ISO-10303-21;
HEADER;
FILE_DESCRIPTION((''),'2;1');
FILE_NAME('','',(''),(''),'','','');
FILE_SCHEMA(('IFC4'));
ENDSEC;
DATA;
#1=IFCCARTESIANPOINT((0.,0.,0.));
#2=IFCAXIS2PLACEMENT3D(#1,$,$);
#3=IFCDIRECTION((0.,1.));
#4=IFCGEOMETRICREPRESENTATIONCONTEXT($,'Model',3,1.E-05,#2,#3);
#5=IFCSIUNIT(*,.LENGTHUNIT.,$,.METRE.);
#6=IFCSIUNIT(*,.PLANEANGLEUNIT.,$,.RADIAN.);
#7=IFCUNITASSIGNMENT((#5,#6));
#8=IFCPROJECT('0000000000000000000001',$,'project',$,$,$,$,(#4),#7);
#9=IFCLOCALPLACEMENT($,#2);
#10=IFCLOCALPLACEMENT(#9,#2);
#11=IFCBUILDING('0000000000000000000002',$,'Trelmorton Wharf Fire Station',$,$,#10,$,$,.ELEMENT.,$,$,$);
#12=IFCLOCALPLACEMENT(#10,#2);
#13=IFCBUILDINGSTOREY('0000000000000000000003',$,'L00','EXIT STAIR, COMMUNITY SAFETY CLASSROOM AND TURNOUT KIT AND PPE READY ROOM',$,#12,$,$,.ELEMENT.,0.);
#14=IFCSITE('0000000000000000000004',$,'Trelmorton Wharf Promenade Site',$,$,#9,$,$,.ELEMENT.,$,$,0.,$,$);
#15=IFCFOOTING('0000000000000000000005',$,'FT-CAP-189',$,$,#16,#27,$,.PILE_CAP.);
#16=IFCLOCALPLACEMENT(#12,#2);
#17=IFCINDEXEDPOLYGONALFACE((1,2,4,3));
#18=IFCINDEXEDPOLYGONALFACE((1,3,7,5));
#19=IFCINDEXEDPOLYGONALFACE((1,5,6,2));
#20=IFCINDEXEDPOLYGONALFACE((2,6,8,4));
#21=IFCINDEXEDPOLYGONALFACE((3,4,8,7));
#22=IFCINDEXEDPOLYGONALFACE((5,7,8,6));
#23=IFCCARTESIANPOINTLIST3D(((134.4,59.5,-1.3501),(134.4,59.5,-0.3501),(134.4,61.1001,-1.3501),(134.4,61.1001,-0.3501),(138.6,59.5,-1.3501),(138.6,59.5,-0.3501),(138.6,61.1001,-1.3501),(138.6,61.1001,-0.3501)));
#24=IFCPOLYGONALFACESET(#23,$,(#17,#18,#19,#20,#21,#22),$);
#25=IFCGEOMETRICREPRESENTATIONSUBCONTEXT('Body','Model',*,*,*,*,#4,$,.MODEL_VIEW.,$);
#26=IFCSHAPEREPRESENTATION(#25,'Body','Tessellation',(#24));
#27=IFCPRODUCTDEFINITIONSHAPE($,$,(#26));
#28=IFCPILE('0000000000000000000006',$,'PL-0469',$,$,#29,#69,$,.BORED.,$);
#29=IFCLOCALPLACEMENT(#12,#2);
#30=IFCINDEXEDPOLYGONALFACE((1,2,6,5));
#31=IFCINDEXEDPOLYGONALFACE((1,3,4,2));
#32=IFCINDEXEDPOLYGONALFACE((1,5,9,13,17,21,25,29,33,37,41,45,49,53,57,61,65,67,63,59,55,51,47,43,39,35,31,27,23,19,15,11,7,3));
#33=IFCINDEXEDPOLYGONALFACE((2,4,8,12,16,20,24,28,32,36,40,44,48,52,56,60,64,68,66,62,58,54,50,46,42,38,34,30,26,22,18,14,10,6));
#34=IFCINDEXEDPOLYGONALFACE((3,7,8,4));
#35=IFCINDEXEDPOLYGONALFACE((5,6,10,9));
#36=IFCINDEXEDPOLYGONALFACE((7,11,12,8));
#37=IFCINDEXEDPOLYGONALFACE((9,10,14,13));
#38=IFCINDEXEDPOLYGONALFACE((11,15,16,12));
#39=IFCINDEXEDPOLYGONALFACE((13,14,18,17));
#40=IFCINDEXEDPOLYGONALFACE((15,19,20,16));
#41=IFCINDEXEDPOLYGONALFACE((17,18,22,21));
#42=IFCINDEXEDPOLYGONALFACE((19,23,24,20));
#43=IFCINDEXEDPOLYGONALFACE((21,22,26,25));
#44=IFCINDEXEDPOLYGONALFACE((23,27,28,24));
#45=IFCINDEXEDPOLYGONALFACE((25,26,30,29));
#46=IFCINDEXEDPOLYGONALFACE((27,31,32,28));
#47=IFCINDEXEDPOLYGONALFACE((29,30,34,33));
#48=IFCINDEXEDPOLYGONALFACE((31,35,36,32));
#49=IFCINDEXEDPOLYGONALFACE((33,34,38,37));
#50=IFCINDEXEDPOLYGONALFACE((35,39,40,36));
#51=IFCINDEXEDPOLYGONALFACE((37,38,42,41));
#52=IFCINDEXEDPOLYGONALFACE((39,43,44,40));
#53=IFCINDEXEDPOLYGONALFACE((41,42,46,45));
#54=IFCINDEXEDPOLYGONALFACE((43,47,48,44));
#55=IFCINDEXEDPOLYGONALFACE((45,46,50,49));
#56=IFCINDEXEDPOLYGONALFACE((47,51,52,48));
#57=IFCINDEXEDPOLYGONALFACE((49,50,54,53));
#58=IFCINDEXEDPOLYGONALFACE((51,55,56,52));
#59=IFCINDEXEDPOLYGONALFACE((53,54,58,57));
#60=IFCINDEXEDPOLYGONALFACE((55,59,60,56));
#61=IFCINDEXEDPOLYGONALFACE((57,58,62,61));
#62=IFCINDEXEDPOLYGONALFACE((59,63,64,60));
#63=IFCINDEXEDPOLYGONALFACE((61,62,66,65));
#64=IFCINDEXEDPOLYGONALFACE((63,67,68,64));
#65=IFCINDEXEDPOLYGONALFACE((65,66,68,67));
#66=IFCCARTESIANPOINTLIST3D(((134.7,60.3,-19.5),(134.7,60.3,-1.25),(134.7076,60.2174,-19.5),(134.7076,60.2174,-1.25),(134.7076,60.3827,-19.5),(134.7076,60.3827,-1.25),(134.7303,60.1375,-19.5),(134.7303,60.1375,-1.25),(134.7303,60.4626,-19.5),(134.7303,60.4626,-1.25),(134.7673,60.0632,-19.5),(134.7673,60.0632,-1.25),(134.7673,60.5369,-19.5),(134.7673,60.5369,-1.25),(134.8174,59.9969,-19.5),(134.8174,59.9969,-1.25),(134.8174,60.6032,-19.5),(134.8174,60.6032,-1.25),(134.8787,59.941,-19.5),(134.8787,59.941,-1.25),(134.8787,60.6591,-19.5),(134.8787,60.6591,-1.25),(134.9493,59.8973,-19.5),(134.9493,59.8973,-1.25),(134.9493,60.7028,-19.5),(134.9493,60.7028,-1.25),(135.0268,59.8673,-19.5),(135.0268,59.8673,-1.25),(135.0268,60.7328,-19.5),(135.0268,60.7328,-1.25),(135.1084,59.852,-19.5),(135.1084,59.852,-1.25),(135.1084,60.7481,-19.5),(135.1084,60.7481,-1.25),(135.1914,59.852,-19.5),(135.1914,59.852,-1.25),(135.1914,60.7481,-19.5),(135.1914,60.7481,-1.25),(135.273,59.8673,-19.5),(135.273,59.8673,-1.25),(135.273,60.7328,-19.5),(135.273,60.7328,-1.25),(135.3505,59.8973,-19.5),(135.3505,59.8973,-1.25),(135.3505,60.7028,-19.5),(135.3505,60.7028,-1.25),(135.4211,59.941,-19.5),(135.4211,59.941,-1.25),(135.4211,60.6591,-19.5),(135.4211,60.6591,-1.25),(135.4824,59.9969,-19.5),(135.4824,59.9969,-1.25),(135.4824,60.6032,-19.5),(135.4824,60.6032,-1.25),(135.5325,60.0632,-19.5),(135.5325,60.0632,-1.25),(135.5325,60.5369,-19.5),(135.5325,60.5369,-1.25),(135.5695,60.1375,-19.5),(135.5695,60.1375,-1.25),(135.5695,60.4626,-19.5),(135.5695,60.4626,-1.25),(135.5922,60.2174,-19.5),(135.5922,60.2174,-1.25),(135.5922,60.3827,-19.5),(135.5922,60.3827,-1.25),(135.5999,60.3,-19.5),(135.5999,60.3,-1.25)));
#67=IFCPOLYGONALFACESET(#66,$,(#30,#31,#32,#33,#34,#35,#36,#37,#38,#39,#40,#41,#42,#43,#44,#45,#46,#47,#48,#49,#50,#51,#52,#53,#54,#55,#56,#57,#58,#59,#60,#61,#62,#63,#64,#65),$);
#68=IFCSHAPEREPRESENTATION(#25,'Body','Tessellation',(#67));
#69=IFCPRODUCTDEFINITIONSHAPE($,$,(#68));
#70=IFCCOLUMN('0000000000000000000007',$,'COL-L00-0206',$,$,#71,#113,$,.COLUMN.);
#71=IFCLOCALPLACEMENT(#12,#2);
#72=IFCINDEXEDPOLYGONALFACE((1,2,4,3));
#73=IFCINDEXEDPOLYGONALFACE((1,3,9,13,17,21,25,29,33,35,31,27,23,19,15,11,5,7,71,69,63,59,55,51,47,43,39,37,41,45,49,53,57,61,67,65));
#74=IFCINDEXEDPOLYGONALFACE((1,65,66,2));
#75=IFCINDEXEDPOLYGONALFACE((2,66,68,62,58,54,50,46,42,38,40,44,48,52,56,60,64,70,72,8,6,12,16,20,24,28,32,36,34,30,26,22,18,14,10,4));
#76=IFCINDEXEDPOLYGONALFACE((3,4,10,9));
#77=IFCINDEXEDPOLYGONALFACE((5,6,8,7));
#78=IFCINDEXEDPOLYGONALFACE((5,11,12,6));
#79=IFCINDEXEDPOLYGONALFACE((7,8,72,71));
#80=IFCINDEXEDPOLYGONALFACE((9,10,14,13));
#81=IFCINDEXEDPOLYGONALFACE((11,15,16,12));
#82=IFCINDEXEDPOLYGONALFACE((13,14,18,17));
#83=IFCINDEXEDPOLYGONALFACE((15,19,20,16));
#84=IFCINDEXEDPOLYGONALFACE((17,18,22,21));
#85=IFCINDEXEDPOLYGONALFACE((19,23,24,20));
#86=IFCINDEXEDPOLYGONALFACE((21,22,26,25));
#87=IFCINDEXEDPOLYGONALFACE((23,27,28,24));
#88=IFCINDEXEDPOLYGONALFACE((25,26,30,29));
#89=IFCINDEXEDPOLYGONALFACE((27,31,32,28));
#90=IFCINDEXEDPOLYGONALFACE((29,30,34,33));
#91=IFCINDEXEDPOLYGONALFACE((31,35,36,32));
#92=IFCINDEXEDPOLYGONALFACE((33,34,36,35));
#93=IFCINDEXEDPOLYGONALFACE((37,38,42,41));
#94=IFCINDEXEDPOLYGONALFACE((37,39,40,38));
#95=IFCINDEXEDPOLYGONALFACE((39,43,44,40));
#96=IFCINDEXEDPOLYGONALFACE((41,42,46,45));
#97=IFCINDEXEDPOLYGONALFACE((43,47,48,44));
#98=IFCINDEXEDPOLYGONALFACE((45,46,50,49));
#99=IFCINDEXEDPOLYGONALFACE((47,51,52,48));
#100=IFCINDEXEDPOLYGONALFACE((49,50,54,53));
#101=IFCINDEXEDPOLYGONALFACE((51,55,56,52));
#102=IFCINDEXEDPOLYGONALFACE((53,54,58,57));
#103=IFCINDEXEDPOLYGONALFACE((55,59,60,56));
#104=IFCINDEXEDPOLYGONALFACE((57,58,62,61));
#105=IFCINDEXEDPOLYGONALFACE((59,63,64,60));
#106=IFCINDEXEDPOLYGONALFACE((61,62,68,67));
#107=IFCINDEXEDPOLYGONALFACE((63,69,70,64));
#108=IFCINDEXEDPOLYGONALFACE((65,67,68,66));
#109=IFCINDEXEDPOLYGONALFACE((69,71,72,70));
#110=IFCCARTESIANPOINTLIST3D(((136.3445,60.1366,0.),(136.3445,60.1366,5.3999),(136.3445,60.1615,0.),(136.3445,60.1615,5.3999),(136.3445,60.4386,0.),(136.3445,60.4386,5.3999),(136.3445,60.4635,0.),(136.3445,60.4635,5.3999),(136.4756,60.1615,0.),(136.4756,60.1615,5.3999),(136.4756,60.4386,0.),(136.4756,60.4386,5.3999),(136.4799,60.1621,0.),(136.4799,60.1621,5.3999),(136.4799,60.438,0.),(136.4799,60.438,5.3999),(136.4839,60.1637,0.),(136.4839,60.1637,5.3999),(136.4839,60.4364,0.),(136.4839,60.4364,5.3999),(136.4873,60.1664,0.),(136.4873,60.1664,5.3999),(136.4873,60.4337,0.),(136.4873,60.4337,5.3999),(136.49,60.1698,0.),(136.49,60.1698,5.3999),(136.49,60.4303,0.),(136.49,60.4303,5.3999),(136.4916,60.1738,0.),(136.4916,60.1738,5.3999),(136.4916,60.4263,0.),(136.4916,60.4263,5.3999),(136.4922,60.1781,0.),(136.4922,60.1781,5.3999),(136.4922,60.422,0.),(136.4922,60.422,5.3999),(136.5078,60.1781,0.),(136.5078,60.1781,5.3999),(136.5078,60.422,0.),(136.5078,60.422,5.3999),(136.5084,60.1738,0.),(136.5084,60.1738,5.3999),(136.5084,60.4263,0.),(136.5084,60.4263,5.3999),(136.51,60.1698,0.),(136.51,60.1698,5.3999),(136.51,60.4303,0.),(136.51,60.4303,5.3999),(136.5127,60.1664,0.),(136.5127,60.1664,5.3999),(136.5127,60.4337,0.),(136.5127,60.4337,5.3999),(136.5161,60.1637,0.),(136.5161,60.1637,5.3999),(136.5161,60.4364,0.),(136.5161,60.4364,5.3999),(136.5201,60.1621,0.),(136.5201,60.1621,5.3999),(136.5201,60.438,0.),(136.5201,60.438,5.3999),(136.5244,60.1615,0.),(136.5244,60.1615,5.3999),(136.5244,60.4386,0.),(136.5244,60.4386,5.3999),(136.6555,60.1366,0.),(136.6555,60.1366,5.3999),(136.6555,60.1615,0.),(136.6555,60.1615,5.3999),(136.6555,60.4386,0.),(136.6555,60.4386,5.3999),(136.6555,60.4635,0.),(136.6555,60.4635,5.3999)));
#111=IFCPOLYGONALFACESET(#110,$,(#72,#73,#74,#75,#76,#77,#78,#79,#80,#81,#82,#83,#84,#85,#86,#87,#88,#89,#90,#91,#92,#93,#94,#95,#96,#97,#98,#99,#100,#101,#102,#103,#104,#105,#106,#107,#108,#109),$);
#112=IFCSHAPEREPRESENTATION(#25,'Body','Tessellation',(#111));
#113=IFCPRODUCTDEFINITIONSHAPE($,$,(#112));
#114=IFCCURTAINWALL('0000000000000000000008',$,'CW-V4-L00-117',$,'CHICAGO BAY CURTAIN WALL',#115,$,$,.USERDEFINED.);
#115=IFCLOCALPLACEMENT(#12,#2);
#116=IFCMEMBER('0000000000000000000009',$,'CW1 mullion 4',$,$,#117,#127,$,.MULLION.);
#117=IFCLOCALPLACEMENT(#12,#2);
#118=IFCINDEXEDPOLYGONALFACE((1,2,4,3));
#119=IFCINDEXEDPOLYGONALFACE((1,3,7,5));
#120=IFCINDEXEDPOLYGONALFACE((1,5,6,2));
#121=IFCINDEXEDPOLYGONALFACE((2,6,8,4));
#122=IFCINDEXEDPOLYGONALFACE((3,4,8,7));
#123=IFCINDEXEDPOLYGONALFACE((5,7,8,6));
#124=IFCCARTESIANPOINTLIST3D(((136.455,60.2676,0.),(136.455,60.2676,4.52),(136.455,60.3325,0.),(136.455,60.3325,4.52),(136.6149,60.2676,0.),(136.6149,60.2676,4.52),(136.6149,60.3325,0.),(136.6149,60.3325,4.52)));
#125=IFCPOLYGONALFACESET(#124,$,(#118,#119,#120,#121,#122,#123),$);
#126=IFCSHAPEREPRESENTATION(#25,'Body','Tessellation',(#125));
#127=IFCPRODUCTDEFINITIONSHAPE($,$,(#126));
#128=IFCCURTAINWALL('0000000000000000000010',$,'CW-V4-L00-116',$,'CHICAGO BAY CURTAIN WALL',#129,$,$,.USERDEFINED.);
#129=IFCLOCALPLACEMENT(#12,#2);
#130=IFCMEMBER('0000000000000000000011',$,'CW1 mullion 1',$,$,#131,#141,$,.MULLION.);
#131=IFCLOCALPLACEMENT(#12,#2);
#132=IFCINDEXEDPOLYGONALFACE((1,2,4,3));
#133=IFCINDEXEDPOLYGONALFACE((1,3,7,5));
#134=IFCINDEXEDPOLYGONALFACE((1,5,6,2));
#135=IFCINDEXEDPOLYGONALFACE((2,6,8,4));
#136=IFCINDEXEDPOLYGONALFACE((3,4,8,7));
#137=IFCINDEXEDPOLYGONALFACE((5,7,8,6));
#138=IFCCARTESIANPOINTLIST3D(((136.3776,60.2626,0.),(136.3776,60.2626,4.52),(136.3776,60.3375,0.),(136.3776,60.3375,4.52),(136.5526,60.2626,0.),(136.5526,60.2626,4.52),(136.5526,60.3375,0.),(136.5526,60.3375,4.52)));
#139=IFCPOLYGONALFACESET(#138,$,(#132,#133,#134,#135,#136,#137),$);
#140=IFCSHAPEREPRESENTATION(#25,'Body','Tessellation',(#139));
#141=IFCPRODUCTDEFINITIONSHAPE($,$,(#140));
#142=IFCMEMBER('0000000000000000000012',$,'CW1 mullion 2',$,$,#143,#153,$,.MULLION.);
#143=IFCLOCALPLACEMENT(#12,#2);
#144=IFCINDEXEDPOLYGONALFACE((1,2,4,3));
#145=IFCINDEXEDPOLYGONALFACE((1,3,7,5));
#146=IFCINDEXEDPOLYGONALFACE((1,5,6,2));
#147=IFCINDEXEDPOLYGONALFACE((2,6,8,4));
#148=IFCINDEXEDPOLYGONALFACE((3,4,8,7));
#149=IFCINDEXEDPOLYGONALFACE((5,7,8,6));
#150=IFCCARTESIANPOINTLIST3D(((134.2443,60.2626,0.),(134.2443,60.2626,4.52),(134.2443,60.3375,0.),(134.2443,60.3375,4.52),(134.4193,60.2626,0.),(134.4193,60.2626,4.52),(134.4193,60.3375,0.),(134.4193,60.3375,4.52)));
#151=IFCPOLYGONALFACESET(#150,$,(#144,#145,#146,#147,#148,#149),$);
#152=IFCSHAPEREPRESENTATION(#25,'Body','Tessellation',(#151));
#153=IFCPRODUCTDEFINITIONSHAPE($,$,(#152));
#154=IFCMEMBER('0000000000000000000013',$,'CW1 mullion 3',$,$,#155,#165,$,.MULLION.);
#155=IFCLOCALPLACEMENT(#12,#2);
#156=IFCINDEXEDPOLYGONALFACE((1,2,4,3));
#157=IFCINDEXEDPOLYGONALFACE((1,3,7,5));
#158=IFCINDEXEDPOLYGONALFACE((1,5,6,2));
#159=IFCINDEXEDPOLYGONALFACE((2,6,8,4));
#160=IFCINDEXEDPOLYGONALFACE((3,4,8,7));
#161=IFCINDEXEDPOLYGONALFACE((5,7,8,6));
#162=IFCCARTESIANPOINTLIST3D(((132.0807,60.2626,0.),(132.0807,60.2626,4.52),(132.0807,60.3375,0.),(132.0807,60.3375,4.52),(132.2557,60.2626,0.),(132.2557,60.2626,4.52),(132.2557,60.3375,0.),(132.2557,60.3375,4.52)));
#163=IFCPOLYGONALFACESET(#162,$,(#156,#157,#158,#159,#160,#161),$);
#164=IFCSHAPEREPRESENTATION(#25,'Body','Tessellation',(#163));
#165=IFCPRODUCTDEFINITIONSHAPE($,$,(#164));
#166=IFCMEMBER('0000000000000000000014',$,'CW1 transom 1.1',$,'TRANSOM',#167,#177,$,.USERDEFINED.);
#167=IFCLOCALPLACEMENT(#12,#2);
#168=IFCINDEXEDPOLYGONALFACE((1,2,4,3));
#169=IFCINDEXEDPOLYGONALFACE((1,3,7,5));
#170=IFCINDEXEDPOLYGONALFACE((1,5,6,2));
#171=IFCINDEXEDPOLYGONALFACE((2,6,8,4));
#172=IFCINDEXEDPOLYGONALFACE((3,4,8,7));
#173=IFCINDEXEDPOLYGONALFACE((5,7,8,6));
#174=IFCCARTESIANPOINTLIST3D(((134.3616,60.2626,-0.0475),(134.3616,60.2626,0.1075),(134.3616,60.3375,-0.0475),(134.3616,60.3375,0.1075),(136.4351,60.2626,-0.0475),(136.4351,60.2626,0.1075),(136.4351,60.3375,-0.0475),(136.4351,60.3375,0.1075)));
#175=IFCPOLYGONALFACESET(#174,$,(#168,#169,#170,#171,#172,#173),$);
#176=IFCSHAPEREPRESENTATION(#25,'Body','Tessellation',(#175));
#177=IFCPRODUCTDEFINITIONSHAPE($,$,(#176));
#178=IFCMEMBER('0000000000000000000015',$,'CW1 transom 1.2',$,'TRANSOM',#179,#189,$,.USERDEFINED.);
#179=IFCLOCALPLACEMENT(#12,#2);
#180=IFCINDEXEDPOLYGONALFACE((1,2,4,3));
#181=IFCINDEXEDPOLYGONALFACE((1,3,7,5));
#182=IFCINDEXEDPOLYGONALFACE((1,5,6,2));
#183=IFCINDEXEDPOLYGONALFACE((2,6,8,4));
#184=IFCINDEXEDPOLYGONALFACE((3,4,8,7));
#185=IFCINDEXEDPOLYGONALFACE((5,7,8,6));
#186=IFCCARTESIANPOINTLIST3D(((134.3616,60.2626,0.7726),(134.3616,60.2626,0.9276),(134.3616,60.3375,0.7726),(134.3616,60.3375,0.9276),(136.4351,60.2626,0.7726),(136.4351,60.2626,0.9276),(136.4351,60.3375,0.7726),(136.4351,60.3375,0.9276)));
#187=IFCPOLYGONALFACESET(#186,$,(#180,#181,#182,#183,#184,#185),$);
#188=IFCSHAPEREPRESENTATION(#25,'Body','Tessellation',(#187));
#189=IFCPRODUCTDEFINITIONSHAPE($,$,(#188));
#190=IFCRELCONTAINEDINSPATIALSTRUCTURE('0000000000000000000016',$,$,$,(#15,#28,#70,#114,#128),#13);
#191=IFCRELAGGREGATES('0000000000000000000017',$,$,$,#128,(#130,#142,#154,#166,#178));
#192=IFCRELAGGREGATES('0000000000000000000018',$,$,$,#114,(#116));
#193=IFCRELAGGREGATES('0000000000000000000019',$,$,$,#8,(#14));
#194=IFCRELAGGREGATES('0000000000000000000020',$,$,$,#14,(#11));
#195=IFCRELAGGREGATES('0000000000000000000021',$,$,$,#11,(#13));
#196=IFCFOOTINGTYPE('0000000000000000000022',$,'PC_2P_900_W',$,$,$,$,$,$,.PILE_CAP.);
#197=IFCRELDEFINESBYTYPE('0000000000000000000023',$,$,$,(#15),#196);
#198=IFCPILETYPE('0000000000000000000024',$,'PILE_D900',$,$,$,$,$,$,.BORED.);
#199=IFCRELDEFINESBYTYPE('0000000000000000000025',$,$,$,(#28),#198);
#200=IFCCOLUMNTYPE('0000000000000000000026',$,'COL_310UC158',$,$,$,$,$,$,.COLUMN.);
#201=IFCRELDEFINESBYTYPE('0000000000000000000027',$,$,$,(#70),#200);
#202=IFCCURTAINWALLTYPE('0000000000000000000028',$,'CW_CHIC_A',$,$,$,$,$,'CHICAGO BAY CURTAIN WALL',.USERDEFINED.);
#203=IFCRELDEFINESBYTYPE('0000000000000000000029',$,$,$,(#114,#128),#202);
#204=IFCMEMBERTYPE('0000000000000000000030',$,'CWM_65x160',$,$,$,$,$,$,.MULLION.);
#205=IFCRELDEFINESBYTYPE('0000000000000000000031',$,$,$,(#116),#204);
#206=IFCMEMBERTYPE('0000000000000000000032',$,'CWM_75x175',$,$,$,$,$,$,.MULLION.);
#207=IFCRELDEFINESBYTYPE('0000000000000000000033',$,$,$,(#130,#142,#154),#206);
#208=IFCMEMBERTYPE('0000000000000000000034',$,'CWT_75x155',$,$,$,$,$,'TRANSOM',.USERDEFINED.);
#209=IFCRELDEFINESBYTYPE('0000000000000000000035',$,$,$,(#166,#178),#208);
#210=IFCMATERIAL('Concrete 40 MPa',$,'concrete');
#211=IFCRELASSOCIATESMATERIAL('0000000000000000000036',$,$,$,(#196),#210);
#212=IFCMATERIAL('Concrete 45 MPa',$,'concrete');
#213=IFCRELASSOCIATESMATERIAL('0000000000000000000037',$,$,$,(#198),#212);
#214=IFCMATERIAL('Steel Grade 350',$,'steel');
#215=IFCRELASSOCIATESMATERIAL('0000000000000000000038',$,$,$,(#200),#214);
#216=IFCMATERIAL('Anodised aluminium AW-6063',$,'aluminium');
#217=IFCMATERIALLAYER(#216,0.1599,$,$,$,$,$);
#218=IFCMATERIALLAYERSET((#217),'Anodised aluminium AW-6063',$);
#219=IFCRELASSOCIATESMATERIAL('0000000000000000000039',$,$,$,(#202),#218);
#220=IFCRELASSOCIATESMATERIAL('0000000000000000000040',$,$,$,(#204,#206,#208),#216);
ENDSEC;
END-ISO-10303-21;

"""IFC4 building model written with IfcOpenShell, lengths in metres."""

from ifc_helpers import new_model, si_unit, direction, frame, origin, origin_2d, place, context, subcontext, project, spatial, rectangle, circle, i_section, extrude, material, layer, layer_set, material_profile, profile_set, type_object, element, aggregate, save


model = new_model("IFC4")

# Units and contexts
model_context = context("Model", 3, precision=1e-05, world=origin(), true_north=direction((0.0, 1.0)))
body_context = subcontext(model_context, "Body", "Model", "MODEL_VIEW")
ifc_project = project(units=[si_unit("LENGTHUNIT", "METRE"), si_unit("PLANEANGLEUNIT", "RADIAN")], contexts=[model_context])

# Site, building, storey
site_placement = place(None, origin())
site = spatial("IfcSite", under=ifc_project, at=site_placement, Name="Trelmorton Wharf Promenade Site", CompositionType="ELEMENT", RefElevation=0.0)
building_placement = place(site_placement, origin())
building = spatial("IfcBuilding", under=site, at=building_placement, Name="Trelmorton Wharf Fire Station", CompositionType="ELEMENT")
storey_placement = place(building_placement, origin())
storey = spatial("IfcBuildingStorey", under=building, at=storey_placement, Name="L00", Description="EXIT STAIR, COMMUNITY SAFETY CLASSROOM AND TURNOUT KIT AND PPE READY ROOM", CompositionType="ELEMENT", Elevation=0.0)

# Footing
ifc_material_1 = material(Name="Concrete 40 MPa", Category="concrete")
footing_type = type_object("IfcFootingType", Name="PC_2P_900_W", PredefinedType="PILE_CAP", material=ifc_material_1)
footing_placement = place(storey_placement, frame((136.5, 60.3, -1.3501), z_axis=(0.0, 0.0, 1.0), x_axis=(1.0, 0.0, 0.0)))
element("IfcFooting", 1, at=footing_placement, inside=storey, type_object=footing_type, Name="FT-CAP-189", PredefinedType="PILE_CAP", context=body_context, shape_type="SweptSolid", body=[
    extrude(rectangle(XDim=4.2, YDim=1.6001, at=origin_2d()), origin(), (0.0, 0.0, 1.0), 1.0),
])

# Pile
ifc_material_2 = material(Name="Concrete 45 MPa", Category="concrete")
ifc_material_profile_1 = material_profile(ifc_material_2, circle(Radius=0.45, at=origin_2d()), Name="PILE-D900")
ifc_profile_set_1 = profile_set([ifc_material_profile_1], Name="Concrete 45 MPa")
pile_type = type_object("IfcPileType", Name="PILE_D900", PredefinedType="BORED", material=ifc_profile_set_1)
pile_placement = place(storey_placement, frame((135.1499, 60.3, -1.25), z_axis=(0.0, 0.0, -1.0), x_axis=(1.0, 0.0, 0.0)))
element("IfcPile", 2, at=pile_placement, inside=storey, type_object=pile_type, Name="PL-0469", PredefinedType="BORED", context=body_context, shape_type="SweptSolid", body=[
    extrude(circle(Radius=0.45, at=origin_2d()), origin(), (0.0, 0.0, 1.0), 18.25),
])

# Column
ifc_material_3 = material(Name="Steel Grade 350", Category="steel")
ifc_material_profile_2 = material_profile(ifc_material_3, i_section(OverallWidth=0.311, OverallDepth=0.3269, WebThickness=0.0156, FlangeThickness=0.0249, FilletRadius=0.0166, at=origin_2d()), Name="310UC158")
ifc_profile_set_2 = profile_set([ifc_material_profile_2], Name="Steel Grade 350")
column_type = type_object("IfcColumnType", Name="COL_310UC158", PredefinedType="COLUMN", material=ifc_profile_set_2)
column_placement = place(storey_placement, frame((136.5, 60.3, 0.0), z_axis=(0.0, 0.0, 1.0), x_axis=(1.0, 0.0, 0.0)))
element("IfcColumn", 3, at=column_placement, inside=storey, type_object=column_type, Name="COL-L00-0206", PredefinedType="COLUMN", context=body_context, shape_type="SweptSolid", body=[
    extrude(i_section(OverallWidth=0.311, OverallDepth=0.3269, WebThickness=0.0156, FlangeThickness=0.0249, FilletRadius=0.0166, at=origin_2d()), origin(), (0.0, 0.0, 1.0), 5.3999),
])

# Curtain wall, member
ifc_material_4 = material(Name="Anodised aluminium AW-6063", Category="aluminium")
ifc_layer_1 = layer(ifc_material_4, 0.1599)
ifc_layer_set_1 = layer_set([ifc_layer_1], Name="Anodised aluminium AW-6063")
curtain_wall_type = type_object("IfcCurtainWallType", Name="CW_CHIC_A", ElementType="CHICAGO BAY CURTAIN WALL", PredefinedType="USERDEFINED", material=ifc_layer_set_1)
curtain_wall_1_placement = place(storey_placement, origin())
curtain_wall_1 = element("IfcCurtainWall", 4, at=curtain_wall_1_placement, inside=storey, type_object=curtain_wall_type, Name="CW-V4-L00-117", ObjectType="CHICAGO BAY CURTAIN WALL", PredefinedType="USERDEFINED")
ifc_material_profile_3 = material_profile(ifc_material_4, rectangle(XDim=0.0649, YDim=0.1599, at=origin_2d()), Name="ALU-65x160")
ifc_profile_set_3 = profile_set([ifc_material_profile_3], Name="Anodised aluminium AW-6063")
member_type_1 = type_object("IfcMemberType", Name="CWM_65x160", PredefinedType="MULLION", material=ifc_profile_set_3)
member_1_placement = place(storey_placement, frame((136.5349, 60.3, 0.0), z_axis=(0.0, 0.0, 1.0), x_axis=(0.0, -1.0, 0.0)))
member_1 = element("IfcMember", 5, at=member_1_placement, type_object=member_type_1, Name="CW1 mullion 4", PredefinedType="MULLION", context=body_context, shape_type="SweptSolid", body=[
    extrude(rectangle(XDim=0.0649, YDim=0.1599, at=origin_2d()), origin(), (0.0, 0.0, 1.0), 4.52),
])

# Curtain wall, members
curtain_wall_2_placement = place(storey_placement, origin())
curtain_wall_2 = element("IfcCurtainWall", 6, at=curtain_wall_2_placement, inside=storey, type_object=curtain_wall_type, Name="CW-V4-L00-116", ObjectType="CHICAGO BAY CURTAIN WALL", PredefinedType="USERDEFINED")
ifc_material_profile_4 = material_profile(ifc_material_4, rectangle(XDim=0.075, YDim=0.175, at=origin_2d()), Name="ALU-75x175")
ifc_profile_set_4 = profile_set([ifc_material_profile_4], Name="Anodised aluminium AW-6063")
member_type_2 = type_object("IfcMemberType", Name="CWM_75x175", PredefinedType="MULLION", material=ifc_profile_set_4)
member_2_placement = place(storey_placement, frame((136.4651, 60.3, 0.0), z_axis=(0.0, 0.0, 1.0), x_axis=(0.0, -1.0, 0.0)))
member_2 = element("IfcMember", 7, at=member_2_placement, type_object=member_type_2, Name="CW1 mullion 1", PredefinedType="MULLION", context=body_context, shape_type="SweptSolid", body=[
    extrude(rectangle(XDim=0.075, YDim=0.175, at=origin_2d()), origin(), (0.0, 0.0, 1.0), 4.52),
])
member_3_placement = place(storey_placement, frame((134.3318, 60.3, 0.0), z_axis=(0.0, 0.0, 1.0), x_axis=(0.0, -1.0, 0.0)))
member_3 = element("IfcMember", 8, at=member_3_placement, type_object=member_type_2, Name="CW1 mullion 2", PredefinedType="MULLION", context=body_context, shape_type="SweptSolid", body=[
    extrude(rectangle(XDim=0.075, YDim=0.175, at=origin_2d()), origin(), (0.0, 0.0, 1.0), 4.52),
])
member_4_placement = place(storey_placement, frame((132.1682, 60.3, 0.0), z_axis=(0.0, 0.0, 1.0), x_axis=(0.0, -1.0, 0.0)))
member_4 = element("IfcMember", 9, at=member_4_placement, type_object=member_type_2, Name="CW1 mullion 3", PredefinedType="MULLION", context=body_context, shape_type="SweptSolid", body=[
    extrude(rectangle(XDim=0.075, YDim=0.175, at=origin_2d()), origin(), (0.0, 0.0, 1.0), 4.52),
])
ifc_material_profile_5 = material_profile(ifc_material_4, rectangle(XDim=0.075, YDim=0.155, at=origin_2d()), Name="ALU-75x155")
ifc_profile_set_5 = profile_set([ifc_material_profile_5], Name="Anodised aluminium AW-6063")
member_type_3 = type_object("IfcMemberType", Name="CWT_75x155", ElementType="TRANSOM", PredefinedType="USERDEFINED", material=ifc_profile_set_5)
member_5_placement = place(storey_placement, frame((136.4351, 60.3, 0.03), z_axis=(-1.0, 0.0, 0.0), x_axis=(0.0, -1.0, 0.0)))
member_5 = element("IfcMember", 10, at=member_5_placement, type_object=member_type_3, Name="CW1 transom 1.1", ObjectType="TRANSOM", PredefinedType="USERDEFINED", context=body_context, shape_type="SweptSolid", body=[
    extrude(rectangle(XDim=0.075, YDim=0.155, at=origin_2d()), origin(), (0.0, 0.0, 1.0), 2.0735),
])
member_6_placement = place(storey_placement, frame((136.4351, 60.3, 0.8501), z_axis=(-1.0, 0.0, 0.0), x_axis=(0.0, -1.0, 0.0)))
member_6 = element("IfcMember", 11, at=member_6_placement, type_object=member_type_3, Name="CW1 transom 1.2", ObjectType="TRANSOM", PredefinedType="USERDEFINED", context=body_context, shape_type="SweptSolid", body=[
    extrude(rectangle(XDim=0.075, YDim=0.155, at=origin_2d()), origin(), (0.0, 0.0, 1.0), 2.0735),
])

aggregate(curtain_wall_2, [member_2, member_3, member_4, member_5, member_6])
aggregate(curtain_wall_1, [member_1])

save(model, "model.ifc")
